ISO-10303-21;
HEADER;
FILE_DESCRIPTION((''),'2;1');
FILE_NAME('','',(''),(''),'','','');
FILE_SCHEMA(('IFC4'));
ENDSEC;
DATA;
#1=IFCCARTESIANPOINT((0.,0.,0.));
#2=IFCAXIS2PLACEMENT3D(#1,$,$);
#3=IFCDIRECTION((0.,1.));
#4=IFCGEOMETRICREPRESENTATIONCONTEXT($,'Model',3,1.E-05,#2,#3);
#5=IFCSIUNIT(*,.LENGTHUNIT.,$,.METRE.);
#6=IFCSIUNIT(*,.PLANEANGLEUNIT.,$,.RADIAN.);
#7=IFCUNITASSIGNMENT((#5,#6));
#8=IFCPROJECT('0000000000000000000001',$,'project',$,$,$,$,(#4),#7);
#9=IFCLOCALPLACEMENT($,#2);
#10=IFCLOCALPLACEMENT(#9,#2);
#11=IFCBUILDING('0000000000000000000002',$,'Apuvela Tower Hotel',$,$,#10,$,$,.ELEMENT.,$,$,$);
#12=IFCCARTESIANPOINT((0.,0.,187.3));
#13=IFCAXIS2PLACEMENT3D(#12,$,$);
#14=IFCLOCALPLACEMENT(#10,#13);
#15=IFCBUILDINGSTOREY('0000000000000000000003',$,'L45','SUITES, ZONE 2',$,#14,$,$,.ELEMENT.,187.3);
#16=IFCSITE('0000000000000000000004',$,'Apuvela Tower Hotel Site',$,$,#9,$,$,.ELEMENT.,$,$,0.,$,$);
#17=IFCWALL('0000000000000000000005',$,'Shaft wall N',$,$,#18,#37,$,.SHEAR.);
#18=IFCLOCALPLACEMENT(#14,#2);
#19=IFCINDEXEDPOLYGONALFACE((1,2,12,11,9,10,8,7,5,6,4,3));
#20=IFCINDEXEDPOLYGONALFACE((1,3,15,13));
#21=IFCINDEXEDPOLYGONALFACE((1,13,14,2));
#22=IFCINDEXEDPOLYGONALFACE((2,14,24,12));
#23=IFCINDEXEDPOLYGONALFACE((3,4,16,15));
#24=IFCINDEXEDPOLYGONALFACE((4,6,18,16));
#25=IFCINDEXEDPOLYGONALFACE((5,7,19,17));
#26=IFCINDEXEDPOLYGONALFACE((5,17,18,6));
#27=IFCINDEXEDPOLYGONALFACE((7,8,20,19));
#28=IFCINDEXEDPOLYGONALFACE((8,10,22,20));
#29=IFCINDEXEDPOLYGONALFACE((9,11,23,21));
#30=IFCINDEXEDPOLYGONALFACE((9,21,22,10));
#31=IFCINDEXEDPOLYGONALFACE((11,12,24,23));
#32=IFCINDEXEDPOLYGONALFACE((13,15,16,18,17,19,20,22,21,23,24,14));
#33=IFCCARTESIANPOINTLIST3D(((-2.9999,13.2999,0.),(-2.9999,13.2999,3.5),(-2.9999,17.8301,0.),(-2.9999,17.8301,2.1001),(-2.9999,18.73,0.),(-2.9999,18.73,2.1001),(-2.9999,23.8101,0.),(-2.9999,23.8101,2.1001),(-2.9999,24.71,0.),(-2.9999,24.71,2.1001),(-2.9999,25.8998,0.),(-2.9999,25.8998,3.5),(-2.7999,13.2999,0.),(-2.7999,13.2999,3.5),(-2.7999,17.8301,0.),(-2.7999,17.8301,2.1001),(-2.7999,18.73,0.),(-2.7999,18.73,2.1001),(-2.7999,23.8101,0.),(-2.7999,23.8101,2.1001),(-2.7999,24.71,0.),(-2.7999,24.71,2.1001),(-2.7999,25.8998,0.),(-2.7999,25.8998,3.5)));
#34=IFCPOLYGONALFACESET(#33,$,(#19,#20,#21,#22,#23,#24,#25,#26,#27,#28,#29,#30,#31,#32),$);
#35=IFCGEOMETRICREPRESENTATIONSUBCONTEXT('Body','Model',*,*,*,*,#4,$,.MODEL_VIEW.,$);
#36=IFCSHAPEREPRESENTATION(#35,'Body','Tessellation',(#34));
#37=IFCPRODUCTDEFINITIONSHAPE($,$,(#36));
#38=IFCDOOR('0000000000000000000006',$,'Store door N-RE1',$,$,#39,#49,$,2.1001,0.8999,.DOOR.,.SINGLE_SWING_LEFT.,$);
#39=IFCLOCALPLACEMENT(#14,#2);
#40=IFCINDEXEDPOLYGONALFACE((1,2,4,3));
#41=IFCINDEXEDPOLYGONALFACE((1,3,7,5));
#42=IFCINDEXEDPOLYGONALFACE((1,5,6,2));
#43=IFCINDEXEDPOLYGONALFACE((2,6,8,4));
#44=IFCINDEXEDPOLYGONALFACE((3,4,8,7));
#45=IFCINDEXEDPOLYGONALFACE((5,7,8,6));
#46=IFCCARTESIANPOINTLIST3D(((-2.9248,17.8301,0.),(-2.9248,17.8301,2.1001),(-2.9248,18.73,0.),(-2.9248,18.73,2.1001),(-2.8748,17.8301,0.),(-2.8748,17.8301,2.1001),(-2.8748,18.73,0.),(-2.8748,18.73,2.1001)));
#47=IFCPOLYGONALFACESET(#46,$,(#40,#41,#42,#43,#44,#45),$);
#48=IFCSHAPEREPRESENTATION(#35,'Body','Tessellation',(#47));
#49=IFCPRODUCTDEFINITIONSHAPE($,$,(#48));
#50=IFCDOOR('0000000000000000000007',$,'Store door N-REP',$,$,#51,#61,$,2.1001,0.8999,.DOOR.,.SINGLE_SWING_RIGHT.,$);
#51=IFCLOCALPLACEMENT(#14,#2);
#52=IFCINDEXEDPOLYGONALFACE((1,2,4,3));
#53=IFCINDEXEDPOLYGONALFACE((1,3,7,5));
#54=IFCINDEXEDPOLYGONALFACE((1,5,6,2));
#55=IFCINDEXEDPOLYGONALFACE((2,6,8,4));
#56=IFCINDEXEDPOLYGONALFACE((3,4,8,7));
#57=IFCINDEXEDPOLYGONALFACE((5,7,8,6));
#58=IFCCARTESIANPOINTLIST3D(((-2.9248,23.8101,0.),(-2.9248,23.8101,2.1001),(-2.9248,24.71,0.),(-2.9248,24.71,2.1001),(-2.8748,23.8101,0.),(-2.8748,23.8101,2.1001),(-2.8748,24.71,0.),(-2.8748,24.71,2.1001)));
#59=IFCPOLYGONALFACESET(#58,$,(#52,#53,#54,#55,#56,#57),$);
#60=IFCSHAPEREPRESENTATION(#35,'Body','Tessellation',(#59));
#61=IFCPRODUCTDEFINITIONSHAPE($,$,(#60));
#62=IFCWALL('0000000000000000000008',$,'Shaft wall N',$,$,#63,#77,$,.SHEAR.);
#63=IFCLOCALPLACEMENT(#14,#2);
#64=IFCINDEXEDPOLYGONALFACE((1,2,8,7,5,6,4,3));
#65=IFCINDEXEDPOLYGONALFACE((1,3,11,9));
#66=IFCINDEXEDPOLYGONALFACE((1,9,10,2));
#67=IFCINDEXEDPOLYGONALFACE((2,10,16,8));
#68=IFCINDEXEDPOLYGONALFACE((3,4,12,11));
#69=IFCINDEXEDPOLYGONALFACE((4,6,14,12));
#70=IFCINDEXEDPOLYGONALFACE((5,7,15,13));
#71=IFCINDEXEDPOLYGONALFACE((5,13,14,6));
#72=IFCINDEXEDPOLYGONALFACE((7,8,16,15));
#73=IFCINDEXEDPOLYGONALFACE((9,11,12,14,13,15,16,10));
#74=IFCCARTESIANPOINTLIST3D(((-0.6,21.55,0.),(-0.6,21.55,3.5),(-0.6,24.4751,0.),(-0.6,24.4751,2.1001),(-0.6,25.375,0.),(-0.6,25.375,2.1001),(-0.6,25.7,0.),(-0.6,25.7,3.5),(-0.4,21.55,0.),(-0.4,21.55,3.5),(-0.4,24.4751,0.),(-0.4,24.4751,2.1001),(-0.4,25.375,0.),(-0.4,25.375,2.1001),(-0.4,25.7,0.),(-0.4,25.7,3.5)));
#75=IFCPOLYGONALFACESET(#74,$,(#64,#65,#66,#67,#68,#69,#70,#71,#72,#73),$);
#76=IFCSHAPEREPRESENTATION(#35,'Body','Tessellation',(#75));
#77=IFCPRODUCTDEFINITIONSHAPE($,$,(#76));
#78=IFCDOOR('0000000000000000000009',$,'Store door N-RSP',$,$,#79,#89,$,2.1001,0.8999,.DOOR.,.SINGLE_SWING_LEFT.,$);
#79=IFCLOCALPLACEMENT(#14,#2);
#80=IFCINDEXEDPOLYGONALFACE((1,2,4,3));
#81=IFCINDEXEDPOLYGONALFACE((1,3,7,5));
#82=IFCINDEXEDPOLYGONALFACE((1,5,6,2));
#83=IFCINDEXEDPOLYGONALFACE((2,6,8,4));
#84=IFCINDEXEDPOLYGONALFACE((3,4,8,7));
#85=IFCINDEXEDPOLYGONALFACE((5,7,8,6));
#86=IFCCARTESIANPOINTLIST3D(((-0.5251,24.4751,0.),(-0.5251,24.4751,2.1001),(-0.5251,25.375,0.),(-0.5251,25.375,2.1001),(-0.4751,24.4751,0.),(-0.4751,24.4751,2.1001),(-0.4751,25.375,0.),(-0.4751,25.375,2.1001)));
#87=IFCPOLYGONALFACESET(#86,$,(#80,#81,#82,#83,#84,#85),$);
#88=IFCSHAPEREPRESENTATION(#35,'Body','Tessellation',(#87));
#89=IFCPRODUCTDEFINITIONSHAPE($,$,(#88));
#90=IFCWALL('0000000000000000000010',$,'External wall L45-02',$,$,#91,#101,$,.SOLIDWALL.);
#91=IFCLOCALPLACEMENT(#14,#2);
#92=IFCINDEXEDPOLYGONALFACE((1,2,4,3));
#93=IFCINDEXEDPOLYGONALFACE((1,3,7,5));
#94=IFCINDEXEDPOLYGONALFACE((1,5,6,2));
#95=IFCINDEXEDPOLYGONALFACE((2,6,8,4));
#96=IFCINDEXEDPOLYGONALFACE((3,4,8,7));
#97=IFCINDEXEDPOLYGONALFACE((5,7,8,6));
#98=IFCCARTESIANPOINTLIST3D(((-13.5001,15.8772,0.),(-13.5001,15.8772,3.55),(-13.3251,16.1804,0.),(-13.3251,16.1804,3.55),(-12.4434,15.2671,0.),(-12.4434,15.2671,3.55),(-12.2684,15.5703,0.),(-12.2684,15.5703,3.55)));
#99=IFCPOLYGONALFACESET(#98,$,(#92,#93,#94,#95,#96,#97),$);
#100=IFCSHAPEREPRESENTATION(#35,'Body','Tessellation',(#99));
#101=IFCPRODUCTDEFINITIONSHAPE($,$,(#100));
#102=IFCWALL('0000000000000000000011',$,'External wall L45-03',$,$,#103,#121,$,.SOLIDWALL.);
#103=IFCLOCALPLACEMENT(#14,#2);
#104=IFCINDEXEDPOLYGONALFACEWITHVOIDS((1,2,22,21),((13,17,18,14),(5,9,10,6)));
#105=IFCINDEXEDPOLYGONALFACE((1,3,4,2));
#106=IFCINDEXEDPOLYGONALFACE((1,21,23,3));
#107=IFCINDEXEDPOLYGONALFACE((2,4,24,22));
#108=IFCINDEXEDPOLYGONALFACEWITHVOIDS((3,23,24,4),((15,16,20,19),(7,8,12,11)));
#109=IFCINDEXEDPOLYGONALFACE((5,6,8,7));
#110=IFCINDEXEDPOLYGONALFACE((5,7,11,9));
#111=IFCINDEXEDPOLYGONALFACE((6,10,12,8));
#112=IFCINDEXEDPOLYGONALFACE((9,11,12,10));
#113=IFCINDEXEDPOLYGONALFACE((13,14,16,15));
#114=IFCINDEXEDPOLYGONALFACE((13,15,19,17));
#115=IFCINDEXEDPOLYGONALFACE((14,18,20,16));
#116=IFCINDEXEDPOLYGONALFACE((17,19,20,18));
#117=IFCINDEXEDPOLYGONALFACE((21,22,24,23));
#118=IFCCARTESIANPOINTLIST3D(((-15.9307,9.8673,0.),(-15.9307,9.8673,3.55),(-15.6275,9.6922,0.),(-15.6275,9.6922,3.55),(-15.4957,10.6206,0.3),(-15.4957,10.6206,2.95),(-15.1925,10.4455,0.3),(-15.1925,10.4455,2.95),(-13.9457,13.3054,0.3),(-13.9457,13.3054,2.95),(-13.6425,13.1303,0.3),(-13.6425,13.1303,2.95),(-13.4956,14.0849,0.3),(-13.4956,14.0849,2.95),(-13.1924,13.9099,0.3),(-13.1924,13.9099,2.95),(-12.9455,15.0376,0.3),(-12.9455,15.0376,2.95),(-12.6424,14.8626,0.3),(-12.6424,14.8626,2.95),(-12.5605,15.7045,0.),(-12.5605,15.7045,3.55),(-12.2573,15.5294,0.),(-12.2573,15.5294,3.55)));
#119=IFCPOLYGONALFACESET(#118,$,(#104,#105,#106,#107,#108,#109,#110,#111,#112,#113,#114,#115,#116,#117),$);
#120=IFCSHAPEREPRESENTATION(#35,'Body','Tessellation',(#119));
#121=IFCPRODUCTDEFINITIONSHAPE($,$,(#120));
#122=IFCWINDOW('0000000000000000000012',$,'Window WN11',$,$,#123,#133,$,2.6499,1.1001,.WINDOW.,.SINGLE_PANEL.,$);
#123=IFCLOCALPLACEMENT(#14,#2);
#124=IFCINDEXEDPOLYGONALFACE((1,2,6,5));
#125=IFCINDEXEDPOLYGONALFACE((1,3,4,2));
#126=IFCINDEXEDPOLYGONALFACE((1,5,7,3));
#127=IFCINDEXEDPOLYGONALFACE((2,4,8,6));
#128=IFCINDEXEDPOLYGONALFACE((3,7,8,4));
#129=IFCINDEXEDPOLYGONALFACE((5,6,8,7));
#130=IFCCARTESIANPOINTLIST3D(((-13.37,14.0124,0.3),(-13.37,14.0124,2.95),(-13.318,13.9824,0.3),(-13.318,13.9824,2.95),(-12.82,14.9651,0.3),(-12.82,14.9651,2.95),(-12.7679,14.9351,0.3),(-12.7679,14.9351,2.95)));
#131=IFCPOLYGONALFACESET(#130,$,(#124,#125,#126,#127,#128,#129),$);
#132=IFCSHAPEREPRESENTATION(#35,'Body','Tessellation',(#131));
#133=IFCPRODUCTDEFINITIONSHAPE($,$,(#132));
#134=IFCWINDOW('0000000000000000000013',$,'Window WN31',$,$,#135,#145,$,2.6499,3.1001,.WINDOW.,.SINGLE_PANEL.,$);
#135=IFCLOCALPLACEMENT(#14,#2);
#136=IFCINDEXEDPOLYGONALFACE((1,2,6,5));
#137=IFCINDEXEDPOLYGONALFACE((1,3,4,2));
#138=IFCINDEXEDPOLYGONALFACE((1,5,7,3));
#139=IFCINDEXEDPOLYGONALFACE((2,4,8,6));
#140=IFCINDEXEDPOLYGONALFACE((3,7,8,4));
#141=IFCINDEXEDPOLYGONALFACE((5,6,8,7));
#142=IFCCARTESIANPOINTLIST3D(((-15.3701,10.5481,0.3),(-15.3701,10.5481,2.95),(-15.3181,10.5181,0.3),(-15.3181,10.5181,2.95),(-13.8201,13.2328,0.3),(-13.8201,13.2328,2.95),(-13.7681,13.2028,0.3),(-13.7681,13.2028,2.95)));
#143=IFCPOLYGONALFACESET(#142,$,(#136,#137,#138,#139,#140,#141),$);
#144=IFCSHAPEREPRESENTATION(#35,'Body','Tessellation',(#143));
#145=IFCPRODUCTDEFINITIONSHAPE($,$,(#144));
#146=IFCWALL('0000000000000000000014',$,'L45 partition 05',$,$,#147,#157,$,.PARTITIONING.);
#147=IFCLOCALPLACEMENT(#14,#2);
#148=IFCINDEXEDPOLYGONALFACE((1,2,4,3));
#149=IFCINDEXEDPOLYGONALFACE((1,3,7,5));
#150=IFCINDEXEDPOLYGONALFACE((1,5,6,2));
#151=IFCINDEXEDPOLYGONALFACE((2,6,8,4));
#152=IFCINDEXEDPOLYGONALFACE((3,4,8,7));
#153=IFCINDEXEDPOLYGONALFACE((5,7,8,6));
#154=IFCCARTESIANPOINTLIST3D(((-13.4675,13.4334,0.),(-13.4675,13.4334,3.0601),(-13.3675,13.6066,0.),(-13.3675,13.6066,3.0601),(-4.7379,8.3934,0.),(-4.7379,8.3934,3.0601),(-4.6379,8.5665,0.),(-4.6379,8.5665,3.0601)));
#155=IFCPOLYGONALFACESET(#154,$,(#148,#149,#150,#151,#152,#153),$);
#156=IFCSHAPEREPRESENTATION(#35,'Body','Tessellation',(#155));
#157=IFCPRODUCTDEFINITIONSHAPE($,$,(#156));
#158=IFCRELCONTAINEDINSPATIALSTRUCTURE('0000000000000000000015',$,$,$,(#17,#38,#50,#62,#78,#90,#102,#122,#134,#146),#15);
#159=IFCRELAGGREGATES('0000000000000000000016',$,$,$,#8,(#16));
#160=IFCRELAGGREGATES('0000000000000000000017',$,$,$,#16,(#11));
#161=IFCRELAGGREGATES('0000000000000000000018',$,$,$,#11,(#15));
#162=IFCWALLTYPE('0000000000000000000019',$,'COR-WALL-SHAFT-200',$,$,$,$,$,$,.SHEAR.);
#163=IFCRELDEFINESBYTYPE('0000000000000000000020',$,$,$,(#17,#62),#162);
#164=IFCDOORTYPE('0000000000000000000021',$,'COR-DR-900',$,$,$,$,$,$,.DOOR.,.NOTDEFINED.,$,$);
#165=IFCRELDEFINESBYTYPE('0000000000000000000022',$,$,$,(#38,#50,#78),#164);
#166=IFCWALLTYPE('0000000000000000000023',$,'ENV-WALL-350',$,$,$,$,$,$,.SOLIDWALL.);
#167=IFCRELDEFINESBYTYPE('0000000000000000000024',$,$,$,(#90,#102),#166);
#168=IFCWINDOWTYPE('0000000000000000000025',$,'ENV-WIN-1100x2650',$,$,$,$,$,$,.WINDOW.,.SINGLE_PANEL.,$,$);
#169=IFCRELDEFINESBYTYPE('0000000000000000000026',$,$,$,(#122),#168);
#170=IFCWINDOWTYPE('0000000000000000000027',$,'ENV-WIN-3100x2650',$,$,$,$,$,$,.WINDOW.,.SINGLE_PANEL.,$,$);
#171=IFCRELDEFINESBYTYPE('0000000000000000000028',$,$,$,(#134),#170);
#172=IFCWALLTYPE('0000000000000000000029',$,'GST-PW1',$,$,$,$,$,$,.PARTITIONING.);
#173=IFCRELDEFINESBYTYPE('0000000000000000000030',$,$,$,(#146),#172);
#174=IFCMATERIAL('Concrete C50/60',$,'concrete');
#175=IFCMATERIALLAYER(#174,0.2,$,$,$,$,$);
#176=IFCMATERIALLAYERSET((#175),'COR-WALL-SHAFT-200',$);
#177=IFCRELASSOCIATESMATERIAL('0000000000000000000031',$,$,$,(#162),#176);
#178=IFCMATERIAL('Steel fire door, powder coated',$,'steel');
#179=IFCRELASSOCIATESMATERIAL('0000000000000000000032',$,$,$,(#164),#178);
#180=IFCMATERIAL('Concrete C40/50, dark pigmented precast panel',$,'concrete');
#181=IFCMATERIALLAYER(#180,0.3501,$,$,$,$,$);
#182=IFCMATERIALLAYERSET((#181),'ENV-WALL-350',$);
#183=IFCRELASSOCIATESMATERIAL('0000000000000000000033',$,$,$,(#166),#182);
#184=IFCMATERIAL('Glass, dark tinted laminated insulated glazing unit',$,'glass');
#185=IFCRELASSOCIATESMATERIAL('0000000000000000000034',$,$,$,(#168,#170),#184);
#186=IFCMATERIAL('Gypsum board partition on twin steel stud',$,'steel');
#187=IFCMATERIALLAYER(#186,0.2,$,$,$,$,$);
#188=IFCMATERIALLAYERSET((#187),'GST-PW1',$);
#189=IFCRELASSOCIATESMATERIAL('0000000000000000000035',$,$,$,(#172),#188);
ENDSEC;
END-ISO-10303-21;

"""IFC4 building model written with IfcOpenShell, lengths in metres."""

from ifc_helpers import new_model, si_unit, direction, frame, frame_2d, origin, place, context, subcontext, project, spatial, rectangle, extrude, material, layer, layer_set, type_object, element, fill, save


model = new_model("IFC4")

# Units and contexts
model_context = context("Model", 3, precision=1e-05, world=origin(), true_north=direction((0.0, 1.0)))
body_context = subcontext(model_context, "Body", "Model", "MODEL_VIEW")
ifc_project = project(units=[si_unit("LENGTHUNIT", "METRE"), si_unit("PLANEANGLEUNIT", "RADIAN")], contexts=[model_context])

# Site, building, storey
site_placement = place(None, origin())
site = spatial("IfcSite", under=ifc_project, at=site_placement, Name="Apuvela Tower Hotel Site", CompositionType="ELEMENT", RefElevation=0.0)
building_placement = place(site_placement, origin())
building = spatial("IfcBuilding", under=site, at=building_placement, Name="Apuvela Tower Hotel", CompositionType="ELEMENT")
storey_placement = place(building_placement, frame((0.0, 0.0, 187.3)))
storey = spatial("IfcBuildingStorey", under=building, at=storey_placement, Name="L45", Description="SUITES, ZONE 2", CompositionType="ELEMENT", Elevation=187.3)

# Shared definitions
ifc_material_1 = material(Name="Concrete C50/60", Category="concrete")
ifc_layer_1 = layer(ifc_material_1, 0.2)
ifc_layer_set_1 = layer_set([ifc_layer_1], Name="COR-WALL-SHAFT-200")
wall_type_1 = type_object("IfcWallType", Name="COR-WALL-SHAFT-200", PredefinedType="SHEAR", material=ifc_layer_set_1)

# Wall, openings, doors
wall_1_placement = place(storey_placement, frame((-2.8999, 13.3, 0.0), z_axis=(0.0, 0.0, 1.0), x_axis=(0.0, 1.0, 0.0)))
wall_1 = element("IfcWall", 1, at=wall_1_placement, inside=storey, type_object=wall_type_1, Name="Shaft wall N", PredefinedType="SHEAR", context=body_context, shape_type="SweptSolid", body=[
    extrude(rectangle(XDim=12.5999, YDim=0.2, at=frame_2d((6.2998, 0.0))), origin(), (0.0, 0.0, 1.0), 3.5),
])
opening_1_placement = place(wall_1_placement, frame((4.53, 0.0, 0.0)))
opening_1 = element("IfcOpeningElement", 2, at=opening_1_placement, cuts=wall_1, PredefinedType="OPENING", context=body_context, shape_type="SweptSolid", body=[
    extrude(rectangle(XDim=0.8999, YDim=2.1001, at=frame_2d((0.45, 1.05))), frame((0.0, 0.1099, 0.0), z_axis=(0.0, -1.0, 0.0), x_axis=(1.0, 0.0, 0.0)), (0.0, 0.0, 1.0), 0.22),
])
opening_2_placement = place(wall_1_placement, frame((10.51, 0.0, 0.0)))
opening_2 = element("IfcOpeningElement", 3, at=opening_2_placement, cuts=wall_1, PredefinedType="OPENING", context=body_context, shape_type="SweptSolid", body=[
    extrude(rectangle(XDim=0.8999, YDim=2.1001, at=frame_2d((0.45, 1.05))), frame((0.0, 0.1099, 0.0), z_axis=(0.0, -1.0, 0.0), x_axis=(1.0, 0.0, 0.0)), (0.0, 0.0, 1.0), 0.22),
])
ifc_material_2 = material(Name="Steel fire door, powder coated", Category="steel")
door_type_1 = type_object("IfcDoorType", Name="COR-DR-900", OperationType="NOTDEFINED", PredefinedType="DOOR", material=ifc_material_2)
door_1_placement = place(opening_1_placement, origin())
door_1 = element("IfcDoor", 4, at=door_1_placement, inside=storey, type_object=door_type_1, Name="Store door N-RE1", OperationType="SINGLE_SWING_LEFT", OverallHeight=2.1001, OverallWidth=0.8999, PredefinedType="DOOR", context=body_context, shape_type="SweptSolid", body=[
    extrude(rectangle(XDim=0.8999, YDim=2.1001, at=frame_2d((0.45, 1.05))), frame((0.0, 0.0249, 0.0), z_axis=(0.0, -1.0, 0.0), x_axis=(1.0, 0.0, 0.0)), (0.0, 0.0, 1.0), 0.05),
])
fill(opening_1, door_1)
door_2_placement = place(opening_2_placement, origin())
door_2 = element("IfcDoor", 5, at=door_2_placement, inside=storey, type_object=door_type_1, Name="Store door N-REP", OperationType="SINGLE_SWING_RIGHT", OverallHeight=2.1001, OverallWidth=0.8999, PredefinedType="DOOR", context=body_context, shape_type="SweptSolid", body=[
    extrude(rectangle(XDim=0.8999, YDim=2.1001, at=frame_2d((0.45, 1.05))), frame((0.0, 0.0249, 0.0), z_axis=(0.0, -1.0, 0.0), x_axis=(1.0, 0.0, 0.0)), (0.0, 0.0, 1.0), 0.05),
])
fill(opening_2, door_2)

# Wall, opening, door
wall_2_placement = place(storey_placement, frame((-0.5, 21.55, 0.0), z_axis=(0.0, 0.0, 1.0), x_axis=(0.0, 1.0, 0.0)))
wall_2 = element("IfcWall", 6, at=wall_2_placement, inside=storey, type_object=wall_type_1, Name="Shaft wall N", PredefinedType="SHEAR", context=body_context, shape_type="SweptSolid", body=[
    extrude(rectangle(XDim=4.1499, YDim=0.2, at=frame_2d((2.075, 0.0))), origin(), (0.0, 0.0, 1.0), 3.5),
])
opening_3_placement = place(wall_2_placement, frame((2.925, 0.0, 0.0)))
opening_3 = element("IfcOpeningElement", 7, at=opening_3_placement, cuts=wall_2, PredefinedType="OPENING", context=body_context, shape_type="SweptSolid", body=[
    extrude(rectangle(XDim=0.8999, YDim=2.1001, at=frame_2d((0.45, 1.05))), frame((0.0, 0.1099, 0.0), z_axis=(0.0, -1.0, 0.0), x_axis=(1.0, 0.0, 0.0)), (0.0, 0.0, 1.0), 0.22),
])
door_3_placement = place(opening_3_placement, frame((0.8999, 0.0, 0.0), z_axis=(0.0, 0.0, 1.0), x_axis=(-1.0, 0.0, 0.0)))
door_3 = element("IfcDoor", 8, at=door_3_placement, inside=storey, type_object=door_type_1, Name="Store door N-RSP", OperationType="SINGLE_SWING_LEFT", OverallHeight=2.1001, OverallWidth=0.8999, PredefinedType="DOOR", context=body_context, shape_type="SweptSolid", body=[
    extrude(rectangle(XDim=0.8999, YDim=2.1001, at=frame_2d((0.45, 1.05))), frame((0.0, 0.0249, 0.0), z_axis=(0.0, -1.0, 0.0), x_axis=(1.0, 0.0, 0.0)), (0.0, 0.0, 1.0), 0.05),
])
fill(opening_3, door_3)

# Wall
ifc_material_3 = material(Name="Concrete C40/50, dark pigmented precast panel", Category="concrete")
ifc_layer_2 = layer(ifc_material_3, 0.3501)
ifc_layer_set_2 = layer_set([ifc_layer_2], Name="ENV-WALL-350")
wall_type_2 = type_object("IfcWallType", Name="ENV-WALL-350", PredefinedType="SOLIDWALL", material=ifc_layer_set_2)
wall_3_placement = place(storey_placement, frame((-13.4126, 16.0288, 0.0), z_axis=(0.0, 0.0, 1.0), x_axis=(0.866006, -0.500034, 0.0)))
element("IfcWall", 9, at=wall_3_placement, inside=storey, type_object=wall_type_2, Name="External wall L45-02", PredefinedType="SOLIDWALL", context=body_context, shape_type="SweptSolid", body=[
    extrude(rectangle(XDim=1.2202, YDim=0.3501, at=frame_2d((0.6101, 0.0))), origin(), (0.0, 0.0, 1.0), 3.55),
])

# Wall, openings, windows
wall_4_placement = place(storey_placement, frame((-12.4089, 15.6169, 0.0), z_axis=(0.0, 0.0, 1.0), x_axis=(-0.500004, -0.866023, 0.0)))
wall_4 = element("IfcWall", 10, at=wall_4_placement, inside=storey, type_object=wall_type_2, Name="External wall L45-03", PredefinedType="SOLIDWALL", context=body_context, shape_type="SweptSolid", body=[
    extrude(rectangle(XDim=6.7402, YDim=0.3501, at=frame_2d((3.3701, 0.0))), origin(), (0.0, 0.0, 1.0), 3.55),
])
opening_4_placement = place(wall_4_placement, frame((0.77, 0.0, 0.3)))
opening_4 = element("IfcOpeningElement", 11, at=opening_4_placement, cuts=wall_4, PredefinedType="OPENING", context=body_context, shape_type="SweptSolid", body=[
    extrude(rectangle(XDim=1.1001, YDim=2.6499, at=frame_2d((0.55, 1.325))), frame((0.0, 0.1851, 0.0), z_axis=(0.0, -1.0, 0.0), x_axis=(1.0, 0.0, 0.0)), (0.0, 0.0, 1.0), 0.3701),
])
opening_5_placement = place(wall_4_placement, frame((2.7703, 0.0, 0.3)))
opening_5 = element("IfcOpeningElement", 12, at=opening_5_placement, cuts=wall_4, PredefinedType="OPENING", context=body_context, shape_type="SweptSolid", body=[
    extrude(rectangle(XDim=3.1001, YDim=2.6499, at=frame_2d((1.55, 1.325))), frame((0.0, 0.1851, 0.0), z_axis=(0.0, -1.0, 0.0), x_axis=(1.0, 0.0, 0.0)), (0.0, 0.0, 1.0), 0.3701),
])
ifc_material_4 = material(Name="Glass, dark tinted laminated insulated glazing unit", Category="glass")
window_type_1 = type_object("IfcWindowType", Name="ENV-WIN-1100x2650", PartitioningType="SINGLE_PANEL", PredefinedType="WINDOW", material=ifc_material_4)
window_1_placement = place(opening_4_placement, origin())
window_1 = element("IfcWindow", 13, at=window_1_placement, inside=storey, type_object=window_type_1, Name="Window WN11", OverallHeight=2.6499, OverallWidth=1.1001, PartitioningType="SINGLE_PANEL", PredefinedType="WINDOW", context=body_context, shape_type="SweptSolid", body=[
    extrude(rectangle(XDim=1.1001, YDim=2.6499, at=frame_2d((0.55, 1.325))), frame((0.0, 0.03, 0.0), z_axis=(0.0, -1.0, 0.0), x_axis=(1.0, 0.0, 0.0)), (0.0, 0.0, 1.0), 0.0601),
])
fill(opening_4, window_1)
window_type_2 = type_object("IfcWindowType", Name="ENV-WIN-3100x2650", PartitioningType="SINGLE_PANEL", PredefinedType="WINDOW", material=ifc_material_4)
window_2_placement = place(opening_5_placement, origin())
window_2 = element("IfcWindow", 14, at=window_2_placement, inside=storey, type_object=window_type_2, Name="Window WN31", OverallHeight=2.6499, OverallWidth=3.1001, PartitioningType="SINGLE_PANEL", PredefinedType="WINDOW", context=body_context, shape_type="SweptSolid", body=[
    extrude(rectangle(XDim=3.1001, YDim=2.6499, at=frame_2d((1.55, 1.325))), frame((0.0, 0.03, 0.0), z_axis=(0.0, -1.0, 0.0), x_axis=(1.0, 0.0, 0.0)), (0.0, 0.0, 1.0), 0.0601),
])
fill(opening_5, window_2)

# Wall
ifc_material_5 = material(Name="Gypsum board partition on twin steel stud", Category="steel")
ifc_layer_3 = layer(ifc_material_5, 0.2)
ifc_layer_set_3 = layer_set([ifc_layer_3], Name="GST-PW1")
wall_type_3 = type_object("IfcWallType", Name="GST-PW1", PredefinedType="PARTITIONING", material=ifc_layer_set_3)
wall_5_placement = place(storey_placement, frame((-13.4175, 13.52, 0.0), z_axis=(0.0, 0.0, 1.0), x_axis=(0.866023, -0.500005, 0.0)))
element("IfcWall", 15, at=wall_5_placement, inside=storey, type_object=wall_type_3, Name="L45 partition 05", PredefinedType="PARTITIONING", context=body_context, shape_type="SweptSolid", body=[
    extrude(rectangle(XDim=10.0801, YDim=0.2, at=frame_2d((5.04, 0.0))), origin(), (0.0, 0.0, 1.0), 3.0601),
])

save(model, "model.ifc")
